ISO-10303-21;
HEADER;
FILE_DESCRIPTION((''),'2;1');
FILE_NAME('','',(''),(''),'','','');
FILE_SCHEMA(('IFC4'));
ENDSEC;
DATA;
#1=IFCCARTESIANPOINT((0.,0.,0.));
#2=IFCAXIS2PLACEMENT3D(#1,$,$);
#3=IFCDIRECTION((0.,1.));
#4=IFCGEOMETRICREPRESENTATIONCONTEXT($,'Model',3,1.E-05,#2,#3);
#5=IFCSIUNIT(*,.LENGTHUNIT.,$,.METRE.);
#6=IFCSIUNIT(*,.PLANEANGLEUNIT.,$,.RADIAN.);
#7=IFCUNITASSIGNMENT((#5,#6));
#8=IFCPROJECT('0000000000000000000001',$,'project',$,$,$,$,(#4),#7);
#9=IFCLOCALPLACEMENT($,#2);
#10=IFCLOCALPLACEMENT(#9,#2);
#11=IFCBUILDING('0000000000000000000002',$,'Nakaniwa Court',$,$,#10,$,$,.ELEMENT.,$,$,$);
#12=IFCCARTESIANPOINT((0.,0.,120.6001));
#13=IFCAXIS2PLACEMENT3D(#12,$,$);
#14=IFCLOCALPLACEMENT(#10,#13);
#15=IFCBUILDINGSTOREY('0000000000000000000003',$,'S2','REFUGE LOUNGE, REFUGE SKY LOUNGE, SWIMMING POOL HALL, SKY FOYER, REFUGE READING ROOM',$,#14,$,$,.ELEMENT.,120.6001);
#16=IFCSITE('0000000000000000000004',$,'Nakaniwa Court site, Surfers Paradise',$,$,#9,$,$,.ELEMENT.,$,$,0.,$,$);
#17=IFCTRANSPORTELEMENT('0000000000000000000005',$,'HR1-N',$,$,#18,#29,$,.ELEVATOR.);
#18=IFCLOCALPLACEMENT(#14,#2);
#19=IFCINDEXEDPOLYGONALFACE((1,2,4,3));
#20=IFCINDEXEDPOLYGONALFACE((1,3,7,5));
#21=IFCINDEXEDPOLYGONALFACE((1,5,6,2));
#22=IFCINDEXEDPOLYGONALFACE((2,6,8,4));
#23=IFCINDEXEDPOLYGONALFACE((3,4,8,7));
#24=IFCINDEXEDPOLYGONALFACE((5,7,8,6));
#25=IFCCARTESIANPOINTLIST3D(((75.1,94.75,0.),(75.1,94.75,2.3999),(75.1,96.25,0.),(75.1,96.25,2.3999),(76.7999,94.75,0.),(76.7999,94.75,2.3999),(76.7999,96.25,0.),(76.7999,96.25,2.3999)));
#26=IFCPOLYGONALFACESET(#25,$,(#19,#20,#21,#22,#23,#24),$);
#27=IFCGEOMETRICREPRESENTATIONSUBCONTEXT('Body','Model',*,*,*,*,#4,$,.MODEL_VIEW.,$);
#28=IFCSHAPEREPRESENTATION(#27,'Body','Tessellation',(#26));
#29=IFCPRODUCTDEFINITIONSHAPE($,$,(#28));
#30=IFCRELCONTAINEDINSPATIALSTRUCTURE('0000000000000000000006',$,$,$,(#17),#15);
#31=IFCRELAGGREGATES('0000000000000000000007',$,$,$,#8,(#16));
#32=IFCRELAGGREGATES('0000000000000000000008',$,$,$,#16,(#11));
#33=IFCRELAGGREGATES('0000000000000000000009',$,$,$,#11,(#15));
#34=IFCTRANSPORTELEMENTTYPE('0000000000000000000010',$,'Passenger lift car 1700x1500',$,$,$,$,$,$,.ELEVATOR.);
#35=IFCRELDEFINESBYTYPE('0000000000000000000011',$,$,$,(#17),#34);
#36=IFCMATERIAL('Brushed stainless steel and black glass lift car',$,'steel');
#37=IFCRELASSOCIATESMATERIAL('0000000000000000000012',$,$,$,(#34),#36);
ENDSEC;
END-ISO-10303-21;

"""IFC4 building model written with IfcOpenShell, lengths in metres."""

from ifc_helpers import new_model, si_unit, direction, frame, origin, origin_2d, place, context, subcontext, project, spatial, rectangle, extrude, material, type_object, element, save


model = new_model("IFC4")

# Units and contexts
model_context = context("Model", 3, precision=1e-05, world=origin(), true_north=direction((0.0, 1.0)))
body_context = subcontext(model_context, "Body", "Model", "MODEL_VIEW")
ifc_project = project(units=[si_unit("LENGTHUNIT", "METRE"), si_unit("PLANEANGLEUNIT", "RADIAN")], contexts=[model_context])

# Site, building, storey
site_placement = place(None, origin())
site = spatial("IfcSite", under=ifc_project, at=site_placement, Name="Nakaniwa Court site, Surfers Paradise", CompositionType="ELEMENT", RefElevation=0.0)
building_placement = place(site_placement, origin())
building = spatial("IfcBuilding", under=site, at=building_placement, Name="Nakaniwa Court", CompositionType="ELEMENT")
storey_placement = place(building_placement, frame((0.0, 0.0, 120.6001)))
storey = spatial("IfcBuildingStorey", under=building, at=storey_placement, Name="S2", Description="REFUGE LOUNGE, REFUGE SKY LOUNGE, SWIMMING POOL HALL, SKY FOYER, REFUGE READING ROOM", CompositionType="ELEMENT", Elevation=120.6001)

# Transport element
ifc_material_1 = material(Name="Brushed stainless steel and black glass lift car", Category="steel")
transport_element_type = type_object("IfcTransportElementType", Name="Passenger lift car 1700x1500", PredefinedType="ELEVATOR", material=ifc_material_1)
transport_element_placement = place(storey_placement, frame((75.95, 95.5, 0.0), z_axis=(0.0, 0.0, 1.0), x_axis=(1.0, 0.0, 0.0)))
element("IfcTransportElement", 1, at=transport_element_placement, inside=storey, type_object=transport_element_type, Name="HR1-N", PredefinedType="ELEVATOR", context=body_context, shape_type="SweptSolid", body=[
    extrude(rectangle(XDim=1.7, YDim=1.5, at=origin_2d()), origin(), (0.0, 0.0, 1.0), 2.3999),
])

save(model, "model.ifc")
